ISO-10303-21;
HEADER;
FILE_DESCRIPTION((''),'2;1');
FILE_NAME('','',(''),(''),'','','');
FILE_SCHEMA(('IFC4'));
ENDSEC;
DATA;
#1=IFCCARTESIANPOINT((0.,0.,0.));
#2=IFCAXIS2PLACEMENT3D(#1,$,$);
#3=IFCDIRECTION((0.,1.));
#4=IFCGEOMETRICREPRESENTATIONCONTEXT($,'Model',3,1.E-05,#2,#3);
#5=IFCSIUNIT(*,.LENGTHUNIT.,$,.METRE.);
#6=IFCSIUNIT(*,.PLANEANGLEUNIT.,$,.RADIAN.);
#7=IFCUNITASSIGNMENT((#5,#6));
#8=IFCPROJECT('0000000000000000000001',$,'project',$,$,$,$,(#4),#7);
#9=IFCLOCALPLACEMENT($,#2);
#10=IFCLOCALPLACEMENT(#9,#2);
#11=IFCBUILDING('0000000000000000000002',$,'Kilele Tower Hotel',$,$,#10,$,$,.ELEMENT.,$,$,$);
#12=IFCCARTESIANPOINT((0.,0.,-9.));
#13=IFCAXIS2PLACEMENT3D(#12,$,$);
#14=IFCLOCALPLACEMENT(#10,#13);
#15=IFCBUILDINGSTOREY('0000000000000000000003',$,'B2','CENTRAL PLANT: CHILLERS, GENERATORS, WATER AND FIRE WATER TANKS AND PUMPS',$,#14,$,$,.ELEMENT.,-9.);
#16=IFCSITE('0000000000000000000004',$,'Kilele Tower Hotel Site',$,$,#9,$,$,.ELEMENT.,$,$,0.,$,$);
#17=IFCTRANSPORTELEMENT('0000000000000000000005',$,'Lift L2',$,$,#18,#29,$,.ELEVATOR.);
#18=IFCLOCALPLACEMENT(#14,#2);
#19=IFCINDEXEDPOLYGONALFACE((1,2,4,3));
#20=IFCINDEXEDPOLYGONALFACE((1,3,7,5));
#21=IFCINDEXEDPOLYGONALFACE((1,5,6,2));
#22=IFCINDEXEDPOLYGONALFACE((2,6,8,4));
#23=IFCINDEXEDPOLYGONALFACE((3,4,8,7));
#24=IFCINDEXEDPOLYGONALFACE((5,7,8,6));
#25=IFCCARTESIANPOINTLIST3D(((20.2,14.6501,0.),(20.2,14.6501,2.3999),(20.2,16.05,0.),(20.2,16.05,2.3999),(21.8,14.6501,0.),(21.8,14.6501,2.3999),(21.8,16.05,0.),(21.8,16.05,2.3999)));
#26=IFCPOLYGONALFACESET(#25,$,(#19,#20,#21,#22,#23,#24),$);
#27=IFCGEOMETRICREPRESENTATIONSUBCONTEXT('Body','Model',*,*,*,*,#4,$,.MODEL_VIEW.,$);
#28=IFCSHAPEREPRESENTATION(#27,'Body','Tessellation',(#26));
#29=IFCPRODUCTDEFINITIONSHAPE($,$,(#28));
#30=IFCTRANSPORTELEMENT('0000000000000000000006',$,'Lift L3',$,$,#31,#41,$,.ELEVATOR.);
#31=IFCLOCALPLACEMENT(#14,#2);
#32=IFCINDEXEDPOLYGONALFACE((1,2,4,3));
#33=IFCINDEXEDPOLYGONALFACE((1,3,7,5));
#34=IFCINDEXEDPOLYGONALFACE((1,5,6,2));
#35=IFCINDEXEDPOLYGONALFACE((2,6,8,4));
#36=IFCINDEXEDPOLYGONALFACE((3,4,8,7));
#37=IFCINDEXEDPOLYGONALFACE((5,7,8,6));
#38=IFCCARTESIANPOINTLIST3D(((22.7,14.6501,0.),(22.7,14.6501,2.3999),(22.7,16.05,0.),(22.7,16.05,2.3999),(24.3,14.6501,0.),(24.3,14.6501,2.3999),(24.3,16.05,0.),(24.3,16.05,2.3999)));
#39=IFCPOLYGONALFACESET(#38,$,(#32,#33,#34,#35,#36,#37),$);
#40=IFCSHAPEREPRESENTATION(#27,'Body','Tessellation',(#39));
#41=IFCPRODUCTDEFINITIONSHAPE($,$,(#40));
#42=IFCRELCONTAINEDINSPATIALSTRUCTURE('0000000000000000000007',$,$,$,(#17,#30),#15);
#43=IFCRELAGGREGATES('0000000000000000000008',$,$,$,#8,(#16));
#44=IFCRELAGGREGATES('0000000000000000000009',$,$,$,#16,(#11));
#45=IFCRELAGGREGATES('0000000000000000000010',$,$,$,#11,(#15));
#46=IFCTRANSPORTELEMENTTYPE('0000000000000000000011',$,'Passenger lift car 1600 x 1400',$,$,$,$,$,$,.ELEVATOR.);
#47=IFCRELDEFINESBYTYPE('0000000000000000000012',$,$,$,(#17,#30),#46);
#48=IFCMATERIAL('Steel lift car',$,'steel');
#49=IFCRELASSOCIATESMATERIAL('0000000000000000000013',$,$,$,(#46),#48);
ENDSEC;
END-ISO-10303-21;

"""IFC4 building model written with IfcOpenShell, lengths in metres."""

from ifc_helpers import new_model, si_unit, direction, frame, origin, origin_2d, place, context, subcontext, project, spatial, rectangle, extrude, material, type_object, element, save


model = new_model("IFC4")

# Units and contexts
model_context = context("Model", 3, precision=1e-05, world=origin(), true_north=direction((0.0, 1.0)))
body_context = subcontext(model_context, "Body", "Model", "MODEL_VIEW")
ifc_project = project(units=[si_unit("LENGTHUNIT", "METRE"), si_unit("PLANEANGLEUNIT", "RADIAN")], contexts=[model_context])

# Site, building, storey
site_placement = place(None, origin())
site = spatial("IfcSite", under=ifc_project, at=site_placement, Name="Kilele Tower Hotel Site", CompositionType="ELEMENT", RefElevation=0.0)
building_placement = place(site_placement, origin())
building = spatial("IfcBuilding", under=site, at=building_placement, Name="Kilele Tower Hotel", CompositionType="ELEMENT")
storey_placement = place(building_placement, frame((0.0, 0.0, -9.0)))
storey = spatial("IfcBuildingStorey", under=building, at=storey_placement, Name="B2", Description="CENTRAL PLANT: CHILLERS, GENERATORS, WATER AND FIRE WATER TANKS AND PUMPS", CompositionType="ELEMENT", Elevation=-9.0)

# Transport elements
ifc_material_1 = material(Name="Steel lift car", Category="steel")
transport_element_type_1 = type_object("IfcTransportElementType", Name="Passenger lift car 1600 x 1400", PredefinedType="ELEVATOR", material=ifc_material_1)
for number, where, z_axis, x_axis, name in (
    (1, (21.0, 15.3501, 0.0), (0.0, 0.0, 1.0), (1.0, 0.0, 0.0), "Lift L2"),
    (2, (23.5, 15.3501, 0.0), (0.0, 0.0, 1.0), (1.0, 0.0, 0.0), "Lift L3"),
):
    element("IfcTransportElement", number, at=place(storey_placement, frame(where, z_axis=z_axis, x_axis=x_axis)), inside=storey, type_object=transport_element_type_1, Name=name, PredefinedType="ELEVATOR", context=body_context, shape_type="SweptSolid", body=[
        extrude(rectangle(XDim=1.6001, YDim=1.3999, at=origin_2d()), origin(), (0.0, 0.0, 1.0), 2.3999),
    ])

save(model, "model.ifc")
